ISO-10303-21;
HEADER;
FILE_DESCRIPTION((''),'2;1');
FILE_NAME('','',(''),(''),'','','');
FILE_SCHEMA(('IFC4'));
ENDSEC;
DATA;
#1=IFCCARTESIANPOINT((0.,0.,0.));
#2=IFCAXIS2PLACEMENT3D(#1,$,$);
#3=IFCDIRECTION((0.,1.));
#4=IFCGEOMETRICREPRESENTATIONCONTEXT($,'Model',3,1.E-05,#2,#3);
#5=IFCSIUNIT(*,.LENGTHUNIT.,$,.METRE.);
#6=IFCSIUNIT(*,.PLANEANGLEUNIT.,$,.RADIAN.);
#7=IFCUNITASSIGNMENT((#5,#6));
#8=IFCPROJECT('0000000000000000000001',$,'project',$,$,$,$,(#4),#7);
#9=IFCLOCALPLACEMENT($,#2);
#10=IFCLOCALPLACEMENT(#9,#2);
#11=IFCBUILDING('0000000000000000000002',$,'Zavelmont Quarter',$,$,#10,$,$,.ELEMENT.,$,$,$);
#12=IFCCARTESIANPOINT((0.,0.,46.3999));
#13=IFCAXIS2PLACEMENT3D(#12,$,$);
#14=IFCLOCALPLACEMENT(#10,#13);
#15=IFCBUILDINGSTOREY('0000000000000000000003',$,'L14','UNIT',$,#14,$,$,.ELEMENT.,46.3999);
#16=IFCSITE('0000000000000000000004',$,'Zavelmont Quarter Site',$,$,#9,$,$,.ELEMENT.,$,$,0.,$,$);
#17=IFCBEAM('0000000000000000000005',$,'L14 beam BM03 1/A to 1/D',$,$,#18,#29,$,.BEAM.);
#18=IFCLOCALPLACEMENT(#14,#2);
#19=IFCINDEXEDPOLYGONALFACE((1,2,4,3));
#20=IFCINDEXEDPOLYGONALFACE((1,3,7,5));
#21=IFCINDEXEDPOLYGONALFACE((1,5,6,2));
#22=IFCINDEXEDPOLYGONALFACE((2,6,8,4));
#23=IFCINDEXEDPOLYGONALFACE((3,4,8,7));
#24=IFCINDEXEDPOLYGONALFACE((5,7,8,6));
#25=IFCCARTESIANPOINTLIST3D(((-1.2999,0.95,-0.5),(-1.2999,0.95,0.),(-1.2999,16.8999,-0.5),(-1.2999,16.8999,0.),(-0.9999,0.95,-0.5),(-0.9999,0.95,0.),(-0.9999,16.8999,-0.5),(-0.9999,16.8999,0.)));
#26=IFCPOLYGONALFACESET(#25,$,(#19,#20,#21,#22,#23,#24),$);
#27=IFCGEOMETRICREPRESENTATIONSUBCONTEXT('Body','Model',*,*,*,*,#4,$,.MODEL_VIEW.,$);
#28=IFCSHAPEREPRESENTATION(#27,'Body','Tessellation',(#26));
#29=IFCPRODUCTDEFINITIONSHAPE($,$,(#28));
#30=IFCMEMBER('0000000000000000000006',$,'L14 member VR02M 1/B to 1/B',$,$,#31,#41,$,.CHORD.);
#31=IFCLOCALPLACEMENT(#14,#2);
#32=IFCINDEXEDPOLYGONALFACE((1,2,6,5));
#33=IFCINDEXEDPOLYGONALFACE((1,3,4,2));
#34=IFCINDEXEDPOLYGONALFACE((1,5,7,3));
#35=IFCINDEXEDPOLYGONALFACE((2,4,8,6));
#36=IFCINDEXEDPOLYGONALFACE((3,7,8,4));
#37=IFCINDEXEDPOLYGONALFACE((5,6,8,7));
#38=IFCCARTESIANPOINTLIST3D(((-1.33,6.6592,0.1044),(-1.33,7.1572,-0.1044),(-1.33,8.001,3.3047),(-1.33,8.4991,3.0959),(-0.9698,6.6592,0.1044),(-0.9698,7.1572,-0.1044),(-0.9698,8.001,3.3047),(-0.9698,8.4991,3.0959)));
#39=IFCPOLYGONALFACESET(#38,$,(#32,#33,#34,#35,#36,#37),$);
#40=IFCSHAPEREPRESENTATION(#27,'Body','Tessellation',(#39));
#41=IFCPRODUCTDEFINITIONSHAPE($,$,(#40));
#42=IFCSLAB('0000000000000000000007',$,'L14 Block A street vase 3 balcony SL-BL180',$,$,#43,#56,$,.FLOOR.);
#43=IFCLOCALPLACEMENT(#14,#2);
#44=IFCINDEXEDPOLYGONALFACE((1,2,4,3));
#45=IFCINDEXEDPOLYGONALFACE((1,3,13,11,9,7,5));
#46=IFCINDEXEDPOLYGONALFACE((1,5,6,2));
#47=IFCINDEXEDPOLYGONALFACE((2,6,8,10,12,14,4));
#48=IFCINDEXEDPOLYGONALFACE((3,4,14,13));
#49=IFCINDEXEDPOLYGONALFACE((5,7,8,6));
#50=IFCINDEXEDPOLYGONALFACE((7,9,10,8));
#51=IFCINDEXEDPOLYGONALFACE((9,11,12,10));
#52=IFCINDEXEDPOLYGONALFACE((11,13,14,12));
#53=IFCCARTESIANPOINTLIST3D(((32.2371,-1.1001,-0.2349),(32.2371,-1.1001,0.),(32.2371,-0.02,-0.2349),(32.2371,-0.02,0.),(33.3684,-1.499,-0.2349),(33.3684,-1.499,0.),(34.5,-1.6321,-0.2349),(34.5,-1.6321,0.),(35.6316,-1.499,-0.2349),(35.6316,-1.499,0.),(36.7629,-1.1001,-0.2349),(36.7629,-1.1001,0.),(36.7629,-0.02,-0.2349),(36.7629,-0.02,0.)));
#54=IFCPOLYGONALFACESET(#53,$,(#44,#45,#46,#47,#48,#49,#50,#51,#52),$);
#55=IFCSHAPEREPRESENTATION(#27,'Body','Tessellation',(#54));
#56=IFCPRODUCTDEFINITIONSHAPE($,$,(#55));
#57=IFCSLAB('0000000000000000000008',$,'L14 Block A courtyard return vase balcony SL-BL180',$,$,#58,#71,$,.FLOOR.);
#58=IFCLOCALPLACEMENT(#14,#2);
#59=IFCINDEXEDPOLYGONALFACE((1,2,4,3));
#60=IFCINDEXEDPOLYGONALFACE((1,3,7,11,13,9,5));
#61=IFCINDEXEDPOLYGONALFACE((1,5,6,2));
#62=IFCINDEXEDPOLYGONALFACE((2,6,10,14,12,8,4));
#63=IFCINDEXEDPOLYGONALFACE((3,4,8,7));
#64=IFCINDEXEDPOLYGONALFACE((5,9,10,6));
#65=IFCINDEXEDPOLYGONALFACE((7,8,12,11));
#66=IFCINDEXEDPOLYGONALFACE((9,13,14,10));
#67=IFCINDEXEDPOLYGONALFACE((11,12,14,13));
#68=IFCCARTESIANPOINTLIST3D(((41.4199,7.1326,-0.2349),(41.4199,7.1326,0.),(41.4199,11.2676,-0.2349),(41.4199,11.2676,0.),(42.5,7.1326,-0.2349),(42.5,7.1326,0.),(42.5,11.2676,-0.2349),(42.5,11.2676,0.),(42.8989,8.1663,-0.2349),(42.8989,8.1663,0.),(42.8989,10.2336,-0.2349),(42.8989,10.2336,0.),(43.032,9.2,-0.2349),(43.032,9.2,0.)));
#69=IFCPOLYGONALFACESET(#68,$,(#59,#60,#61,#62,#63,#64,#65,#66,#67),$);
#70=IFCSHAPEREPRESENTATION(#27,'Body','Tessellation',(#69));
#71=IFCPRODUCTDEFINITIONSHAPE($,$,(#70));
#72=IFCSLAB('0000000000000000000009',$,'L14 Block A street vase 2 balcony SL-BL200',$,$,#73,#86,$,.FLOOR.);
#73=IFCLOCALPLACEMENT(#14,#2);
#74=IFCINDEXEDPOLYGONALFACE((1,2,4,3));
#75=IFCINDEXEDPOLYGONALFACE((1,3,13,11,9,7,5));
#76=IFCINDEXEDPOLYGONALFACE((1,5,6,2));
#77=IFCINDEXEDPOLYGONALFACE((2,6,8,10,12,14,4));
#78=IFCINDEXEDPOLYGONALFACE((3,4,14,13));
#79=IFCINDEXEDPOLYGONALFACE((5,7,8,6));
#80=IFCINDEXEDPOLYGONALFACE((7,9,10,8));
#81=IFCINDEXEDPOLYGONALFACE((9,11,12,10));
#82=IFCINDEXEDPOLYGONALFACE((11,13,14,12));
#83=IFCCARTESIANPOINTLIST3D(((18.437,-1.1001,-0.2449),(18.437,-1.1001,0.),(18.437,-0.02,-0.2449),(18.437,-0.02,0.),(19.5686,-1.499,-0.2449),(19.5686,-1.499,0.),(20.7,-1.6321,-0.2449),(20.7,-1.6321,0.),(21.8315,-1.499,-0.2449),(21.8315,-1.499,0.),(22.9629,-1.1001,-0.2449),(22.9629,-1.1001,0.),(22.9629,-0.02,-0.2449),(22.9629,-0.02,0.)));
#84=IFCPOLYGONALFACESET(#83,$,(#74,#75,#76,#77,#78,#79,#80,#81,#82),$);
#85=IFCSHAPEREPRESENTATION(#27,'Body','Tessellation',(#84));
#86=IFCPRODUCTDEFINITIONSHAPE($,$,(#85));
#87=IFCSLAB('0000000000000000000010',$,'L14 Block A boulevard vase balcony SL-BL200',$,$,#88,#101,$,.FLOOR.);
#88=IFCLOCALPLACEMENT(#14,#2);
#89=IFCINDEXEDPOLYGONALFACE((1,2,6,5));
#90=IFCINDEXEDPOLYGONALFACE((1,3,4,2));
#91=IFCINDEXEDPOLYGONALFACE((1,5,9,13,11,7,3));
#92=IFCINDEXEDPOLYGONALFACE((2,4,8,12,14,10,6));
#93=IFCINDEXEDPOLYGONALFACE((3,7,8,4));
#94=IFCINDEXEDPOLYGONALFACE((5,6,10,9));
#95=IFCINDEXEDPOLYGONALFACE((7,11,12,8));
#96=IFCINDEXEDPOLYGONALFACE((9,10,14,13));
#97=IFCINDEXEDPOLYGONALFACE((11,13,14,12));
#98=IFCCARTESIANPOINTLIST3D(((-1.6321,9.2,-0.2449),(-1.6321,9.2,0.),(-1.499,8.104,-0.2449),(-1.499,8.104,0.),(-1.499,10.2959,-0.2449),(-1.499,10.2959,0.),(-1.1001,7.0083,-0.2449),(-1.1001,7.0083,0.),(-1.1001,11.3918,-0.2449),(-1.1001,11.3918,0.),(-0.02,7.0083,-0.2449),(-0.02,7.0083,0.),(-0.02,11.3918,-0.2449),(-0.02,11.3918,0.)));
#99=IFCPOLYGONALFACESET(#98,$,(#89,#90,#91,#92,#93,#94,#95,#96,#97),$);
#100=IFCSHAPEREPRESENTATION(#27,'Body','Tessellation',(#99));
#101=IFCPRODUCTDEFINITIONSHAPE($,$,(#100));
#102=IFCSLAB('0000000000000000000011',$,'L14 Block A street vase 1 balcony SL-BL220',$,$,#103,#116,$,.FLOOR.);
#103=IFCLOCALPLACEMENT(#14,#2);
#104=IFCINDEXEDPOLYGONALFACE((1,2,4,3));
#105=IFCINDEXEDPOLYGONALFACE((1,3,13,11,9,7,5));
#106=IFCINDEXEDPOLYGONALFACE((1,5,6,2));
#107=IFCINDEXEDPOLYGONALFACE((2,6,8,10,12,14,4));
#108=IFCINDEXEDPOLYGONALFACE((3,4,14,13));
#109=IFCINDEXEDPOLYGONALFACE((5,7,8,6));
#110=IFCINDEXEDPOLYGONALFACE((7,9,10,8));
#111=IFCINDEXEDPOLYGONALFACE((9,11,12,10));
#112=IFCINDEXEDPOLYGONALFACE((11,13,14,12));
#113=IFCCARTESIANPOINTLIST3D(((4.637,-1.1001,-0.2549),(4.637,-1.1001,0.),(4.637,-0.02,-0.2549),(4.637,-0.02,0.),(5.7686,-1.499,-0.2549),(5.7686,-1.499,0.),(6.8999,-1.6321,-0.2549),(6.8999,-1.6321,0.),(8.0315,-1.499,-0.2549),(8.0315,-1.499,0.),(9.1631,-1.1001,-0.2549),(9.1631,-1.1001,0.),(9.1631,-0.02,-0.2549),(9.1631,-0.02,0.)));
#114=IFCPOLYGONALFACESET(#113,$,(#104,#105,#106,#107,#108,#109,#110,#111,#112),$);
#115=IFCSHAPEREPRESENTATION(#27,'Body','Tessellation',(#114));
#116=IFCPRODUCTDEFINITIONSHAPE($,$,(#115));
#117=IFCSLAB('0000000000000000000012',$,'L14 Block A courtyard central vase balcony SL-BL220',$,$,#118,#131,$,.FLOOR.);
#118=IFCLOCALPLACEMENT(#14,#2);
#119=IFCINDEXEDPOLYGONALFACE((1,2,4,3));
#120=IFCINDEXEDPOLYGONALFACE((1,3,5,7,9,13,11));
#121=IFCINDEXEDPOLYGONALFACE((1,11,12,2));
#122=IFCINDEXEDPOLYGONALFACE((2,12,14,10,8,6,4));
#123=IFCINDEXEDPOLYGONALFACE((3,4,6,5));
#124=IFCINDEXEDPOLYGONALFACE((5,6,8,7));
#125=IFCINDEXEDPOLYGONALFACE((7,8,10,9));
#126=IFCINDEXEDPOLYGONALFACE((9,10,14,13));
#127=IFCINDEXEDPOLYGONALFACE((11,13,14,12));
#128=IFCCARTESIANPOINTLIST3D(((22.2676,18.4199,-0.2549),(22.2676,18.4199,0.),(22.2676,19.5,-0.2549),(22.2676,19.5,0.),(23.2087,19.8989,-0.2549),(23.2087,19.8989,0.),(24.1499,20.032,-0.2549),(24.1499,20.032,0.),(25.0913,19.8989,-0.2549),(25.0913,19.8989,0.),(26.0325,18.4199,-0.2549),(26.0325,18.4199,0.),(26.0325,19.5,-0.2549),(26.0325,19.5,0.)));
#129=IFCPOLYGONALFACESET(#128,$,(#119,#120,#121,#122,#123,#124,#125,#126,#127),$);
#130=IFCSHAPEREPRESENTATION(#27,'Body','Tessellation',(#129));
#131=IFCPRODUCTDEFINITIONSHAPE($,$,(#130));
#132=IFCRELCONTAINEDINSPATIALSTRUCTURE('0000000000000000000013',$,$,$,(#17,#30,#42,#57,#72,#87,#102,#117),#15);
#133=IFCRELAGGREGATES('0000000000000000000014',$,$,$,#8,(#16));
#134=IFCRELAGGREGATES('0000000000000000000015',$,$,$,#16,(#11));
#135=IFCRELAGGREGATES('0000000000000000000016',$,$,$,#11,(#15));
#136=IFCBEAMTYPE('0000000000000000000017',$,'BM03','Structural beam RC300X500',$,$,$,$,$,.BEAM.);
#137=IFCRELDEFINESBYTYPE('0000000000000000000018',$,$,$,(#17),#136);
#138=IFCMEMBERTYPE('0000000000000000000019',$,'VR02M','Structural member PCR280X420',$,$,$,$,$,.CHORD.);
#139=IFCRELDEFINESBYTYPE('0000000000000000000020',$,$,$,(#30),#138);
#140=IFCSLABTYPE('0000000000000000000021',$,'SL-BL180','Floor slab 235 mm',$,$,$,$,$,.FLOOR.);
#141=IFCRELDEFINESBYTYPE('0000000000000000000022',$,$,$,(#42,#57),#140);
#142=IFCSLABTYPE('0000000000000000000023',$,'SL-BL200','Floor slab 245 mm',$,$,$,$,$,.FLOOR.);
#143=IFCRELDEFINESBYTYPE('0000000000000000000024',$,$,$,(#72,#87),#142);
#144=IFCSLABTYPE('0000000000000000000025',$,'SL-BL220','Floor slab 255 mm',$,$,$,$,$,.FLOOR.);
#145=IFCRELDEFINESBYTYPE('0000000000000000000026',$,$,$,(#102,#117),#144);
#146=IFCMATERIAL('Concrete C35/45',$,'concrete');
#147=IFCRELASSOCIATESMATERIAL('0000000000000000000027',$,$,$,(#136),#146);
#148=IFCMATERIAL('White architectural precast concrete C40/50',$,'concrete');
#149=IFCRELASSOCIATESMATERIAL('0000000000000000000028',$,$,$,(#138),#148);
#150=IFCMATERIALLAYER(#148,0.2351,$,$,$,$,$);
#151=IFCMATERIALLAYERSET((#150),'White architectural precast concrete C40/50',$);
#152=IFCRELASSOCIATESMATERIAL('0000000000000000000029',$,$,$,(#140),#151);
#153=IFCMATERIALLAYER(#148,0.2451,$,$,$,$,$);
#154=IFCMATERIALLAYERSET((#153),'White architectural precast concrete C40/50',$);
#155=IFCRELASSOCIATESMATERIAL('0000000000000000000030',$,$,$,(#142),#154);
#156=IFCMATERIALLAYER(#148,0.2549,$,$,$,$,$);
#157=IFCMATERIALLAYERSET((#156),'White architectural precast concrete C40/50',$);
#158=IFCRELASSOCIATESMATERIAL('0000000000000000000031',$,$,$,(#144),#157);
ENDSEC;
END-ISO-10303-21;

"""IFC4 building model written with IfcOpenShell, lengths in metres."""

from ifc_helpers import new_model, si_unit, direction, frame, origin, origin_2d, place, context, subcontext, project, spatial, polyline, rectangle, outline, extrude, material, layer, layer_set, material_profile, profile_set, type_object, element, save


model = new_model("IFC4")

# Units and contexts
model_context = context("Model", 3, precision=1e-05, world=origin(), true_north=direction((0.0, 1.0)))
body_context = subcontext(model_context, "Body", "Model", "MODEL_VIEW")
ifc_project = project(units=[si_unit("LENGTHUNIT", "METRE"), si_unit("PLANEANGLEUNIT", "RADIAN")], contexts=[model_context])

# Site, building, storey
site_placement = place(None, origin())
site = spatial("IfcSite", under=ifc_project, at=site_placement, Name="Zavelmont Quarter Site", CompositionType="ELEMENT", RefElevation=0.0)
building_placement = place(site_placement, origin())
building = spatial("IfcBuilding", under=site, at=building_placement, Name="Zavelmont Quarter", CompositionType="ELEMENT")
storey_placement = place(building_placement, frame((0.0, 0.0, 46.3999)))
storey = spatial("IfcBuildingStorey", under=building, at=storey_placement, Name="L14", Description="UNIT", CompositionType="ELEMENT", Elevation=46.3999)

# Beam
ifc_material_1 = material(Name="Concrete C35/45", Category="concrete")
ifc_material_profile_1 = material_profile(ifc_material_1, rectangle(XDim=0.3, YDim=0.5, at=origin_2d()), Name="RC300X500")
ifc_profile_set_1 = profile_set([ifc_material_profile_1], Name="Concrete C35/45")
beam_type = type_object("IfcBeamType", Name="BM03", Description="Structural beam RC300X500", PredefinedType="BEAM", material=ifc_profile_set_1)
beam_placement = place(storey_placement, frame((-1.1499, 0.95, -0.25), z_axis=(0.0, 1.0, 0.0), x_axis=(-1.0, 0.0, 0.0)))
element("IfcBeam", 1, at=beam_placement, inside=storey, type_object=beam_type, Name="L14 beam BM03 1/A to 1/D", PredefinedType="BEAM", context=body_context, shape_type="SweptSolid", body=[
    extrude(rectangle(XDim=0.3, YDim=0.5, at=origin_2d()), origin(), (0.0, 0.0, 1.0), 15.95),
])

# Member
ifc_material_2 = material(Name="White architectural precast concrete C40/50", Category="concrete")
ifc_material_profile_2 = material_profile(ifc_material_2, rectangle(XDim=0.3601, YDim=0.54, at=origin_2d()), Name="PCR280X420")
ifc_profile_set_2 = profile_set([ifc_material_profile_2], Name="White architectural precast concrete C40/50")
member_type = type_object("IfcMemberType", Name="VR02M", Description="Structural member PCR280X420", PredefinedType="CHORD", material=ifc_profile_set_2)
member_placement = place(storey_placement, frame((-1.1499, 6.9082, 0.0), z_axis=(0.0, 0.386673, 0.922217), x_axis=(-1.0, 0.0, 0.0)))
element("IfcMember", 2, at=member_placement, inside=storey, type_object=member_type, Name="L14 member VR02M 1/B to 1/B", PredefinedType="CHORD", context=body_context, shape_type="SweptSolid", body=[
    extrude(rectangle(XDim=0.3601, YDim=0.54, at=origin_2d()), origin(), (0.0, 0.0, 1.0), 3.4702),
])

# Slabs
ifc_layer_1 = layer(ifc_material_2, 0.2351)
ifc_layer_set_1 = layer_set([ifc_layer_1], Name="White architectural precast concrete C40/50")
slab_type_1 = type_object("IfcSlabType", Name="SL-BL180", Description="Floor slab 235 mm", PredefinedType="FLOOR", material=ifc_layer_set_1)
slab_1_placement = place(storey_placement, frame((0.0, 0.0, -0.2349)))
element("IfcSlab", 3, at=slab_1_placement, inside=storey, type_object=slab_type_1, Name="L14 Block A street vase 3 balcony SL-BL180", PredefinedType="FLOOR", context=body_context, shape_type="SweptSolid", body=[
    extrude(outline(polyline([(32.2371, -0.02), (32.2371, -1.1001), (33.3684, -1.499), (34.5, -1.6321), (35.6316, -1.499), (36.7629, -1.1001), (36.7629, -0.02), (32.2371, -0.02)])), origin(), (0.0, 0.0, 1.0), 0.2349),
])
slab_2_placement = place(storey_placement, frame((0.0, 0.0, -0.2349)))
element("IfcSlab", 4, at=slab_2_placement, inside=storey, type_object=slab_type_1, Name="L14 Block A courtyard return vase balcony SL-BL180", PredefinedType="FLOOR", context=body_context, shape_type="SweptSolid", body=[
    extrude(outline(polyline([(41.4199, 7.1326), (42.5, 7.1326), (42.8989, 8.1663), (43.032, 9.2), (42.8989, 10.2336), (42.5, 11.2676), (41.4199, 11.2676), (41.4199, 7.1326)])), origin(), (0.0, 0.0, 1.0), 0.2349),
])
ifc_layer_2 = layer(ifc_material_2, 0.2451)
ifc_layer_set_2 = layer_set([ifc_layer_2], Name="White architectural precast concrete C40/50")
slab_type_2 = type_object("IfcSlabType", Name="SL-BL200", Description="Floor slab 245 mm", PredefinedType="FLOOR", material=ifc_layer_set_2)
slab_3_placement = place(storey_placement, frame((0.0, 0.0, -0.2449)))
element("IfcSlab", 5, at=slab_3_placement, inside=storey, type_object=slab_type_2, Name="L14 Block A street vase 2 balcony SL-BL200", PredefinedType="FLOOR", context=body_context, shape_type="SweptSolid", body=[
    extrude(outline(polyline([(18.437, -0.02), (18.437, -1.1001), (19.5686, -1.499), (20.7, -1.6321), (21.8315, -1.499), (22.9629, -1.1001), (22.9629, -0.02), (18.437, -0.02)])), origin(), (0.0, 0.0, 1.0), 0.2449),
])
slab_4_placement = place(storey_placement, frame((0.0, 0.0, -0.2449)))
element("IfcSlab", 6, at=slab_4_placement, inside=storey, type_object=slab_type_2, Name="L14 Block A boulevard vase balcony SL-BL200", PredefinedType="FLOOR", context=body_context, shape_type="SweptSolid", body=[
    extrude(outline(polyline([(-0.02, 11.3918), (-1.1001, 11.3918), (-1.499, 10.2959), (-1.6321, 9.2), (-1.499, 8.104), (-1.1001, 7.0083), (-0.02, 7.0083), (-0.02, 11.3918)])), origin(), (0.0, 0.0, 1.0), 0.2449),
])
ifc_layer_3 = layer(ifc_material_2, 0.2549)
ifc_layer_set_3 = layer_set([ifc_layer_3], Name="White architectural precast concrete C40/50")
slab_type_3 = type_object("IfcSlabType", Name="SL-BL220", Description="Floor slab 255 mm", PredefinedType="FLOOR", material=ifc_layer_set_3)
slab_5_placement = place(storey_placement, frame((0.0, 0.0, -0.2549)))
element("IfcSlab", 7, at=slab_5_placement, inside=storey, type_object=slab_type_3, Name="L14 Block A street vase 1 balcony SL-BL220", PredefinedType="FLOOR", context=body_context, shape_type="SweptSolid", body=[
    extrude(outline(polyline([(4.637, -0.02), (4.637, -1.1001), (5.7686, -1.499), (6.8999, -1.6321), (8.0315, -1.499), (9.1631, -1.1001), (9.1631, -0.02), (4.637, -0.02)])), origin(), (0.0, 0.0, 1.0), 0.2549),
])
slab_6_placement = place(storey_placement, frame((0.0, 0.0, -0.2549)))
element("IfcSlab", 8, at=slab_6_placement, inside=storey, type_object=slab_type_3, Name="L14 Block A courtyard central vase balcony SL-BL220", PredefinedType="FLOOR", context=body_context, shape_type="SweptSolid", body=[
    extrude(outline(polyline([(26.0325, 18.4199), (26.0325, 19.5), (25.0913, 19.8989), (24.1499, 20.032), (23.2087, 19.8989), (22.2676, 19.5), (22.2676, 18.4199), (26.0325, 18.4199)])), origin(), (0.0, 0.0, 1.0), 0.2549),
])

save(model, "model.ifc")
